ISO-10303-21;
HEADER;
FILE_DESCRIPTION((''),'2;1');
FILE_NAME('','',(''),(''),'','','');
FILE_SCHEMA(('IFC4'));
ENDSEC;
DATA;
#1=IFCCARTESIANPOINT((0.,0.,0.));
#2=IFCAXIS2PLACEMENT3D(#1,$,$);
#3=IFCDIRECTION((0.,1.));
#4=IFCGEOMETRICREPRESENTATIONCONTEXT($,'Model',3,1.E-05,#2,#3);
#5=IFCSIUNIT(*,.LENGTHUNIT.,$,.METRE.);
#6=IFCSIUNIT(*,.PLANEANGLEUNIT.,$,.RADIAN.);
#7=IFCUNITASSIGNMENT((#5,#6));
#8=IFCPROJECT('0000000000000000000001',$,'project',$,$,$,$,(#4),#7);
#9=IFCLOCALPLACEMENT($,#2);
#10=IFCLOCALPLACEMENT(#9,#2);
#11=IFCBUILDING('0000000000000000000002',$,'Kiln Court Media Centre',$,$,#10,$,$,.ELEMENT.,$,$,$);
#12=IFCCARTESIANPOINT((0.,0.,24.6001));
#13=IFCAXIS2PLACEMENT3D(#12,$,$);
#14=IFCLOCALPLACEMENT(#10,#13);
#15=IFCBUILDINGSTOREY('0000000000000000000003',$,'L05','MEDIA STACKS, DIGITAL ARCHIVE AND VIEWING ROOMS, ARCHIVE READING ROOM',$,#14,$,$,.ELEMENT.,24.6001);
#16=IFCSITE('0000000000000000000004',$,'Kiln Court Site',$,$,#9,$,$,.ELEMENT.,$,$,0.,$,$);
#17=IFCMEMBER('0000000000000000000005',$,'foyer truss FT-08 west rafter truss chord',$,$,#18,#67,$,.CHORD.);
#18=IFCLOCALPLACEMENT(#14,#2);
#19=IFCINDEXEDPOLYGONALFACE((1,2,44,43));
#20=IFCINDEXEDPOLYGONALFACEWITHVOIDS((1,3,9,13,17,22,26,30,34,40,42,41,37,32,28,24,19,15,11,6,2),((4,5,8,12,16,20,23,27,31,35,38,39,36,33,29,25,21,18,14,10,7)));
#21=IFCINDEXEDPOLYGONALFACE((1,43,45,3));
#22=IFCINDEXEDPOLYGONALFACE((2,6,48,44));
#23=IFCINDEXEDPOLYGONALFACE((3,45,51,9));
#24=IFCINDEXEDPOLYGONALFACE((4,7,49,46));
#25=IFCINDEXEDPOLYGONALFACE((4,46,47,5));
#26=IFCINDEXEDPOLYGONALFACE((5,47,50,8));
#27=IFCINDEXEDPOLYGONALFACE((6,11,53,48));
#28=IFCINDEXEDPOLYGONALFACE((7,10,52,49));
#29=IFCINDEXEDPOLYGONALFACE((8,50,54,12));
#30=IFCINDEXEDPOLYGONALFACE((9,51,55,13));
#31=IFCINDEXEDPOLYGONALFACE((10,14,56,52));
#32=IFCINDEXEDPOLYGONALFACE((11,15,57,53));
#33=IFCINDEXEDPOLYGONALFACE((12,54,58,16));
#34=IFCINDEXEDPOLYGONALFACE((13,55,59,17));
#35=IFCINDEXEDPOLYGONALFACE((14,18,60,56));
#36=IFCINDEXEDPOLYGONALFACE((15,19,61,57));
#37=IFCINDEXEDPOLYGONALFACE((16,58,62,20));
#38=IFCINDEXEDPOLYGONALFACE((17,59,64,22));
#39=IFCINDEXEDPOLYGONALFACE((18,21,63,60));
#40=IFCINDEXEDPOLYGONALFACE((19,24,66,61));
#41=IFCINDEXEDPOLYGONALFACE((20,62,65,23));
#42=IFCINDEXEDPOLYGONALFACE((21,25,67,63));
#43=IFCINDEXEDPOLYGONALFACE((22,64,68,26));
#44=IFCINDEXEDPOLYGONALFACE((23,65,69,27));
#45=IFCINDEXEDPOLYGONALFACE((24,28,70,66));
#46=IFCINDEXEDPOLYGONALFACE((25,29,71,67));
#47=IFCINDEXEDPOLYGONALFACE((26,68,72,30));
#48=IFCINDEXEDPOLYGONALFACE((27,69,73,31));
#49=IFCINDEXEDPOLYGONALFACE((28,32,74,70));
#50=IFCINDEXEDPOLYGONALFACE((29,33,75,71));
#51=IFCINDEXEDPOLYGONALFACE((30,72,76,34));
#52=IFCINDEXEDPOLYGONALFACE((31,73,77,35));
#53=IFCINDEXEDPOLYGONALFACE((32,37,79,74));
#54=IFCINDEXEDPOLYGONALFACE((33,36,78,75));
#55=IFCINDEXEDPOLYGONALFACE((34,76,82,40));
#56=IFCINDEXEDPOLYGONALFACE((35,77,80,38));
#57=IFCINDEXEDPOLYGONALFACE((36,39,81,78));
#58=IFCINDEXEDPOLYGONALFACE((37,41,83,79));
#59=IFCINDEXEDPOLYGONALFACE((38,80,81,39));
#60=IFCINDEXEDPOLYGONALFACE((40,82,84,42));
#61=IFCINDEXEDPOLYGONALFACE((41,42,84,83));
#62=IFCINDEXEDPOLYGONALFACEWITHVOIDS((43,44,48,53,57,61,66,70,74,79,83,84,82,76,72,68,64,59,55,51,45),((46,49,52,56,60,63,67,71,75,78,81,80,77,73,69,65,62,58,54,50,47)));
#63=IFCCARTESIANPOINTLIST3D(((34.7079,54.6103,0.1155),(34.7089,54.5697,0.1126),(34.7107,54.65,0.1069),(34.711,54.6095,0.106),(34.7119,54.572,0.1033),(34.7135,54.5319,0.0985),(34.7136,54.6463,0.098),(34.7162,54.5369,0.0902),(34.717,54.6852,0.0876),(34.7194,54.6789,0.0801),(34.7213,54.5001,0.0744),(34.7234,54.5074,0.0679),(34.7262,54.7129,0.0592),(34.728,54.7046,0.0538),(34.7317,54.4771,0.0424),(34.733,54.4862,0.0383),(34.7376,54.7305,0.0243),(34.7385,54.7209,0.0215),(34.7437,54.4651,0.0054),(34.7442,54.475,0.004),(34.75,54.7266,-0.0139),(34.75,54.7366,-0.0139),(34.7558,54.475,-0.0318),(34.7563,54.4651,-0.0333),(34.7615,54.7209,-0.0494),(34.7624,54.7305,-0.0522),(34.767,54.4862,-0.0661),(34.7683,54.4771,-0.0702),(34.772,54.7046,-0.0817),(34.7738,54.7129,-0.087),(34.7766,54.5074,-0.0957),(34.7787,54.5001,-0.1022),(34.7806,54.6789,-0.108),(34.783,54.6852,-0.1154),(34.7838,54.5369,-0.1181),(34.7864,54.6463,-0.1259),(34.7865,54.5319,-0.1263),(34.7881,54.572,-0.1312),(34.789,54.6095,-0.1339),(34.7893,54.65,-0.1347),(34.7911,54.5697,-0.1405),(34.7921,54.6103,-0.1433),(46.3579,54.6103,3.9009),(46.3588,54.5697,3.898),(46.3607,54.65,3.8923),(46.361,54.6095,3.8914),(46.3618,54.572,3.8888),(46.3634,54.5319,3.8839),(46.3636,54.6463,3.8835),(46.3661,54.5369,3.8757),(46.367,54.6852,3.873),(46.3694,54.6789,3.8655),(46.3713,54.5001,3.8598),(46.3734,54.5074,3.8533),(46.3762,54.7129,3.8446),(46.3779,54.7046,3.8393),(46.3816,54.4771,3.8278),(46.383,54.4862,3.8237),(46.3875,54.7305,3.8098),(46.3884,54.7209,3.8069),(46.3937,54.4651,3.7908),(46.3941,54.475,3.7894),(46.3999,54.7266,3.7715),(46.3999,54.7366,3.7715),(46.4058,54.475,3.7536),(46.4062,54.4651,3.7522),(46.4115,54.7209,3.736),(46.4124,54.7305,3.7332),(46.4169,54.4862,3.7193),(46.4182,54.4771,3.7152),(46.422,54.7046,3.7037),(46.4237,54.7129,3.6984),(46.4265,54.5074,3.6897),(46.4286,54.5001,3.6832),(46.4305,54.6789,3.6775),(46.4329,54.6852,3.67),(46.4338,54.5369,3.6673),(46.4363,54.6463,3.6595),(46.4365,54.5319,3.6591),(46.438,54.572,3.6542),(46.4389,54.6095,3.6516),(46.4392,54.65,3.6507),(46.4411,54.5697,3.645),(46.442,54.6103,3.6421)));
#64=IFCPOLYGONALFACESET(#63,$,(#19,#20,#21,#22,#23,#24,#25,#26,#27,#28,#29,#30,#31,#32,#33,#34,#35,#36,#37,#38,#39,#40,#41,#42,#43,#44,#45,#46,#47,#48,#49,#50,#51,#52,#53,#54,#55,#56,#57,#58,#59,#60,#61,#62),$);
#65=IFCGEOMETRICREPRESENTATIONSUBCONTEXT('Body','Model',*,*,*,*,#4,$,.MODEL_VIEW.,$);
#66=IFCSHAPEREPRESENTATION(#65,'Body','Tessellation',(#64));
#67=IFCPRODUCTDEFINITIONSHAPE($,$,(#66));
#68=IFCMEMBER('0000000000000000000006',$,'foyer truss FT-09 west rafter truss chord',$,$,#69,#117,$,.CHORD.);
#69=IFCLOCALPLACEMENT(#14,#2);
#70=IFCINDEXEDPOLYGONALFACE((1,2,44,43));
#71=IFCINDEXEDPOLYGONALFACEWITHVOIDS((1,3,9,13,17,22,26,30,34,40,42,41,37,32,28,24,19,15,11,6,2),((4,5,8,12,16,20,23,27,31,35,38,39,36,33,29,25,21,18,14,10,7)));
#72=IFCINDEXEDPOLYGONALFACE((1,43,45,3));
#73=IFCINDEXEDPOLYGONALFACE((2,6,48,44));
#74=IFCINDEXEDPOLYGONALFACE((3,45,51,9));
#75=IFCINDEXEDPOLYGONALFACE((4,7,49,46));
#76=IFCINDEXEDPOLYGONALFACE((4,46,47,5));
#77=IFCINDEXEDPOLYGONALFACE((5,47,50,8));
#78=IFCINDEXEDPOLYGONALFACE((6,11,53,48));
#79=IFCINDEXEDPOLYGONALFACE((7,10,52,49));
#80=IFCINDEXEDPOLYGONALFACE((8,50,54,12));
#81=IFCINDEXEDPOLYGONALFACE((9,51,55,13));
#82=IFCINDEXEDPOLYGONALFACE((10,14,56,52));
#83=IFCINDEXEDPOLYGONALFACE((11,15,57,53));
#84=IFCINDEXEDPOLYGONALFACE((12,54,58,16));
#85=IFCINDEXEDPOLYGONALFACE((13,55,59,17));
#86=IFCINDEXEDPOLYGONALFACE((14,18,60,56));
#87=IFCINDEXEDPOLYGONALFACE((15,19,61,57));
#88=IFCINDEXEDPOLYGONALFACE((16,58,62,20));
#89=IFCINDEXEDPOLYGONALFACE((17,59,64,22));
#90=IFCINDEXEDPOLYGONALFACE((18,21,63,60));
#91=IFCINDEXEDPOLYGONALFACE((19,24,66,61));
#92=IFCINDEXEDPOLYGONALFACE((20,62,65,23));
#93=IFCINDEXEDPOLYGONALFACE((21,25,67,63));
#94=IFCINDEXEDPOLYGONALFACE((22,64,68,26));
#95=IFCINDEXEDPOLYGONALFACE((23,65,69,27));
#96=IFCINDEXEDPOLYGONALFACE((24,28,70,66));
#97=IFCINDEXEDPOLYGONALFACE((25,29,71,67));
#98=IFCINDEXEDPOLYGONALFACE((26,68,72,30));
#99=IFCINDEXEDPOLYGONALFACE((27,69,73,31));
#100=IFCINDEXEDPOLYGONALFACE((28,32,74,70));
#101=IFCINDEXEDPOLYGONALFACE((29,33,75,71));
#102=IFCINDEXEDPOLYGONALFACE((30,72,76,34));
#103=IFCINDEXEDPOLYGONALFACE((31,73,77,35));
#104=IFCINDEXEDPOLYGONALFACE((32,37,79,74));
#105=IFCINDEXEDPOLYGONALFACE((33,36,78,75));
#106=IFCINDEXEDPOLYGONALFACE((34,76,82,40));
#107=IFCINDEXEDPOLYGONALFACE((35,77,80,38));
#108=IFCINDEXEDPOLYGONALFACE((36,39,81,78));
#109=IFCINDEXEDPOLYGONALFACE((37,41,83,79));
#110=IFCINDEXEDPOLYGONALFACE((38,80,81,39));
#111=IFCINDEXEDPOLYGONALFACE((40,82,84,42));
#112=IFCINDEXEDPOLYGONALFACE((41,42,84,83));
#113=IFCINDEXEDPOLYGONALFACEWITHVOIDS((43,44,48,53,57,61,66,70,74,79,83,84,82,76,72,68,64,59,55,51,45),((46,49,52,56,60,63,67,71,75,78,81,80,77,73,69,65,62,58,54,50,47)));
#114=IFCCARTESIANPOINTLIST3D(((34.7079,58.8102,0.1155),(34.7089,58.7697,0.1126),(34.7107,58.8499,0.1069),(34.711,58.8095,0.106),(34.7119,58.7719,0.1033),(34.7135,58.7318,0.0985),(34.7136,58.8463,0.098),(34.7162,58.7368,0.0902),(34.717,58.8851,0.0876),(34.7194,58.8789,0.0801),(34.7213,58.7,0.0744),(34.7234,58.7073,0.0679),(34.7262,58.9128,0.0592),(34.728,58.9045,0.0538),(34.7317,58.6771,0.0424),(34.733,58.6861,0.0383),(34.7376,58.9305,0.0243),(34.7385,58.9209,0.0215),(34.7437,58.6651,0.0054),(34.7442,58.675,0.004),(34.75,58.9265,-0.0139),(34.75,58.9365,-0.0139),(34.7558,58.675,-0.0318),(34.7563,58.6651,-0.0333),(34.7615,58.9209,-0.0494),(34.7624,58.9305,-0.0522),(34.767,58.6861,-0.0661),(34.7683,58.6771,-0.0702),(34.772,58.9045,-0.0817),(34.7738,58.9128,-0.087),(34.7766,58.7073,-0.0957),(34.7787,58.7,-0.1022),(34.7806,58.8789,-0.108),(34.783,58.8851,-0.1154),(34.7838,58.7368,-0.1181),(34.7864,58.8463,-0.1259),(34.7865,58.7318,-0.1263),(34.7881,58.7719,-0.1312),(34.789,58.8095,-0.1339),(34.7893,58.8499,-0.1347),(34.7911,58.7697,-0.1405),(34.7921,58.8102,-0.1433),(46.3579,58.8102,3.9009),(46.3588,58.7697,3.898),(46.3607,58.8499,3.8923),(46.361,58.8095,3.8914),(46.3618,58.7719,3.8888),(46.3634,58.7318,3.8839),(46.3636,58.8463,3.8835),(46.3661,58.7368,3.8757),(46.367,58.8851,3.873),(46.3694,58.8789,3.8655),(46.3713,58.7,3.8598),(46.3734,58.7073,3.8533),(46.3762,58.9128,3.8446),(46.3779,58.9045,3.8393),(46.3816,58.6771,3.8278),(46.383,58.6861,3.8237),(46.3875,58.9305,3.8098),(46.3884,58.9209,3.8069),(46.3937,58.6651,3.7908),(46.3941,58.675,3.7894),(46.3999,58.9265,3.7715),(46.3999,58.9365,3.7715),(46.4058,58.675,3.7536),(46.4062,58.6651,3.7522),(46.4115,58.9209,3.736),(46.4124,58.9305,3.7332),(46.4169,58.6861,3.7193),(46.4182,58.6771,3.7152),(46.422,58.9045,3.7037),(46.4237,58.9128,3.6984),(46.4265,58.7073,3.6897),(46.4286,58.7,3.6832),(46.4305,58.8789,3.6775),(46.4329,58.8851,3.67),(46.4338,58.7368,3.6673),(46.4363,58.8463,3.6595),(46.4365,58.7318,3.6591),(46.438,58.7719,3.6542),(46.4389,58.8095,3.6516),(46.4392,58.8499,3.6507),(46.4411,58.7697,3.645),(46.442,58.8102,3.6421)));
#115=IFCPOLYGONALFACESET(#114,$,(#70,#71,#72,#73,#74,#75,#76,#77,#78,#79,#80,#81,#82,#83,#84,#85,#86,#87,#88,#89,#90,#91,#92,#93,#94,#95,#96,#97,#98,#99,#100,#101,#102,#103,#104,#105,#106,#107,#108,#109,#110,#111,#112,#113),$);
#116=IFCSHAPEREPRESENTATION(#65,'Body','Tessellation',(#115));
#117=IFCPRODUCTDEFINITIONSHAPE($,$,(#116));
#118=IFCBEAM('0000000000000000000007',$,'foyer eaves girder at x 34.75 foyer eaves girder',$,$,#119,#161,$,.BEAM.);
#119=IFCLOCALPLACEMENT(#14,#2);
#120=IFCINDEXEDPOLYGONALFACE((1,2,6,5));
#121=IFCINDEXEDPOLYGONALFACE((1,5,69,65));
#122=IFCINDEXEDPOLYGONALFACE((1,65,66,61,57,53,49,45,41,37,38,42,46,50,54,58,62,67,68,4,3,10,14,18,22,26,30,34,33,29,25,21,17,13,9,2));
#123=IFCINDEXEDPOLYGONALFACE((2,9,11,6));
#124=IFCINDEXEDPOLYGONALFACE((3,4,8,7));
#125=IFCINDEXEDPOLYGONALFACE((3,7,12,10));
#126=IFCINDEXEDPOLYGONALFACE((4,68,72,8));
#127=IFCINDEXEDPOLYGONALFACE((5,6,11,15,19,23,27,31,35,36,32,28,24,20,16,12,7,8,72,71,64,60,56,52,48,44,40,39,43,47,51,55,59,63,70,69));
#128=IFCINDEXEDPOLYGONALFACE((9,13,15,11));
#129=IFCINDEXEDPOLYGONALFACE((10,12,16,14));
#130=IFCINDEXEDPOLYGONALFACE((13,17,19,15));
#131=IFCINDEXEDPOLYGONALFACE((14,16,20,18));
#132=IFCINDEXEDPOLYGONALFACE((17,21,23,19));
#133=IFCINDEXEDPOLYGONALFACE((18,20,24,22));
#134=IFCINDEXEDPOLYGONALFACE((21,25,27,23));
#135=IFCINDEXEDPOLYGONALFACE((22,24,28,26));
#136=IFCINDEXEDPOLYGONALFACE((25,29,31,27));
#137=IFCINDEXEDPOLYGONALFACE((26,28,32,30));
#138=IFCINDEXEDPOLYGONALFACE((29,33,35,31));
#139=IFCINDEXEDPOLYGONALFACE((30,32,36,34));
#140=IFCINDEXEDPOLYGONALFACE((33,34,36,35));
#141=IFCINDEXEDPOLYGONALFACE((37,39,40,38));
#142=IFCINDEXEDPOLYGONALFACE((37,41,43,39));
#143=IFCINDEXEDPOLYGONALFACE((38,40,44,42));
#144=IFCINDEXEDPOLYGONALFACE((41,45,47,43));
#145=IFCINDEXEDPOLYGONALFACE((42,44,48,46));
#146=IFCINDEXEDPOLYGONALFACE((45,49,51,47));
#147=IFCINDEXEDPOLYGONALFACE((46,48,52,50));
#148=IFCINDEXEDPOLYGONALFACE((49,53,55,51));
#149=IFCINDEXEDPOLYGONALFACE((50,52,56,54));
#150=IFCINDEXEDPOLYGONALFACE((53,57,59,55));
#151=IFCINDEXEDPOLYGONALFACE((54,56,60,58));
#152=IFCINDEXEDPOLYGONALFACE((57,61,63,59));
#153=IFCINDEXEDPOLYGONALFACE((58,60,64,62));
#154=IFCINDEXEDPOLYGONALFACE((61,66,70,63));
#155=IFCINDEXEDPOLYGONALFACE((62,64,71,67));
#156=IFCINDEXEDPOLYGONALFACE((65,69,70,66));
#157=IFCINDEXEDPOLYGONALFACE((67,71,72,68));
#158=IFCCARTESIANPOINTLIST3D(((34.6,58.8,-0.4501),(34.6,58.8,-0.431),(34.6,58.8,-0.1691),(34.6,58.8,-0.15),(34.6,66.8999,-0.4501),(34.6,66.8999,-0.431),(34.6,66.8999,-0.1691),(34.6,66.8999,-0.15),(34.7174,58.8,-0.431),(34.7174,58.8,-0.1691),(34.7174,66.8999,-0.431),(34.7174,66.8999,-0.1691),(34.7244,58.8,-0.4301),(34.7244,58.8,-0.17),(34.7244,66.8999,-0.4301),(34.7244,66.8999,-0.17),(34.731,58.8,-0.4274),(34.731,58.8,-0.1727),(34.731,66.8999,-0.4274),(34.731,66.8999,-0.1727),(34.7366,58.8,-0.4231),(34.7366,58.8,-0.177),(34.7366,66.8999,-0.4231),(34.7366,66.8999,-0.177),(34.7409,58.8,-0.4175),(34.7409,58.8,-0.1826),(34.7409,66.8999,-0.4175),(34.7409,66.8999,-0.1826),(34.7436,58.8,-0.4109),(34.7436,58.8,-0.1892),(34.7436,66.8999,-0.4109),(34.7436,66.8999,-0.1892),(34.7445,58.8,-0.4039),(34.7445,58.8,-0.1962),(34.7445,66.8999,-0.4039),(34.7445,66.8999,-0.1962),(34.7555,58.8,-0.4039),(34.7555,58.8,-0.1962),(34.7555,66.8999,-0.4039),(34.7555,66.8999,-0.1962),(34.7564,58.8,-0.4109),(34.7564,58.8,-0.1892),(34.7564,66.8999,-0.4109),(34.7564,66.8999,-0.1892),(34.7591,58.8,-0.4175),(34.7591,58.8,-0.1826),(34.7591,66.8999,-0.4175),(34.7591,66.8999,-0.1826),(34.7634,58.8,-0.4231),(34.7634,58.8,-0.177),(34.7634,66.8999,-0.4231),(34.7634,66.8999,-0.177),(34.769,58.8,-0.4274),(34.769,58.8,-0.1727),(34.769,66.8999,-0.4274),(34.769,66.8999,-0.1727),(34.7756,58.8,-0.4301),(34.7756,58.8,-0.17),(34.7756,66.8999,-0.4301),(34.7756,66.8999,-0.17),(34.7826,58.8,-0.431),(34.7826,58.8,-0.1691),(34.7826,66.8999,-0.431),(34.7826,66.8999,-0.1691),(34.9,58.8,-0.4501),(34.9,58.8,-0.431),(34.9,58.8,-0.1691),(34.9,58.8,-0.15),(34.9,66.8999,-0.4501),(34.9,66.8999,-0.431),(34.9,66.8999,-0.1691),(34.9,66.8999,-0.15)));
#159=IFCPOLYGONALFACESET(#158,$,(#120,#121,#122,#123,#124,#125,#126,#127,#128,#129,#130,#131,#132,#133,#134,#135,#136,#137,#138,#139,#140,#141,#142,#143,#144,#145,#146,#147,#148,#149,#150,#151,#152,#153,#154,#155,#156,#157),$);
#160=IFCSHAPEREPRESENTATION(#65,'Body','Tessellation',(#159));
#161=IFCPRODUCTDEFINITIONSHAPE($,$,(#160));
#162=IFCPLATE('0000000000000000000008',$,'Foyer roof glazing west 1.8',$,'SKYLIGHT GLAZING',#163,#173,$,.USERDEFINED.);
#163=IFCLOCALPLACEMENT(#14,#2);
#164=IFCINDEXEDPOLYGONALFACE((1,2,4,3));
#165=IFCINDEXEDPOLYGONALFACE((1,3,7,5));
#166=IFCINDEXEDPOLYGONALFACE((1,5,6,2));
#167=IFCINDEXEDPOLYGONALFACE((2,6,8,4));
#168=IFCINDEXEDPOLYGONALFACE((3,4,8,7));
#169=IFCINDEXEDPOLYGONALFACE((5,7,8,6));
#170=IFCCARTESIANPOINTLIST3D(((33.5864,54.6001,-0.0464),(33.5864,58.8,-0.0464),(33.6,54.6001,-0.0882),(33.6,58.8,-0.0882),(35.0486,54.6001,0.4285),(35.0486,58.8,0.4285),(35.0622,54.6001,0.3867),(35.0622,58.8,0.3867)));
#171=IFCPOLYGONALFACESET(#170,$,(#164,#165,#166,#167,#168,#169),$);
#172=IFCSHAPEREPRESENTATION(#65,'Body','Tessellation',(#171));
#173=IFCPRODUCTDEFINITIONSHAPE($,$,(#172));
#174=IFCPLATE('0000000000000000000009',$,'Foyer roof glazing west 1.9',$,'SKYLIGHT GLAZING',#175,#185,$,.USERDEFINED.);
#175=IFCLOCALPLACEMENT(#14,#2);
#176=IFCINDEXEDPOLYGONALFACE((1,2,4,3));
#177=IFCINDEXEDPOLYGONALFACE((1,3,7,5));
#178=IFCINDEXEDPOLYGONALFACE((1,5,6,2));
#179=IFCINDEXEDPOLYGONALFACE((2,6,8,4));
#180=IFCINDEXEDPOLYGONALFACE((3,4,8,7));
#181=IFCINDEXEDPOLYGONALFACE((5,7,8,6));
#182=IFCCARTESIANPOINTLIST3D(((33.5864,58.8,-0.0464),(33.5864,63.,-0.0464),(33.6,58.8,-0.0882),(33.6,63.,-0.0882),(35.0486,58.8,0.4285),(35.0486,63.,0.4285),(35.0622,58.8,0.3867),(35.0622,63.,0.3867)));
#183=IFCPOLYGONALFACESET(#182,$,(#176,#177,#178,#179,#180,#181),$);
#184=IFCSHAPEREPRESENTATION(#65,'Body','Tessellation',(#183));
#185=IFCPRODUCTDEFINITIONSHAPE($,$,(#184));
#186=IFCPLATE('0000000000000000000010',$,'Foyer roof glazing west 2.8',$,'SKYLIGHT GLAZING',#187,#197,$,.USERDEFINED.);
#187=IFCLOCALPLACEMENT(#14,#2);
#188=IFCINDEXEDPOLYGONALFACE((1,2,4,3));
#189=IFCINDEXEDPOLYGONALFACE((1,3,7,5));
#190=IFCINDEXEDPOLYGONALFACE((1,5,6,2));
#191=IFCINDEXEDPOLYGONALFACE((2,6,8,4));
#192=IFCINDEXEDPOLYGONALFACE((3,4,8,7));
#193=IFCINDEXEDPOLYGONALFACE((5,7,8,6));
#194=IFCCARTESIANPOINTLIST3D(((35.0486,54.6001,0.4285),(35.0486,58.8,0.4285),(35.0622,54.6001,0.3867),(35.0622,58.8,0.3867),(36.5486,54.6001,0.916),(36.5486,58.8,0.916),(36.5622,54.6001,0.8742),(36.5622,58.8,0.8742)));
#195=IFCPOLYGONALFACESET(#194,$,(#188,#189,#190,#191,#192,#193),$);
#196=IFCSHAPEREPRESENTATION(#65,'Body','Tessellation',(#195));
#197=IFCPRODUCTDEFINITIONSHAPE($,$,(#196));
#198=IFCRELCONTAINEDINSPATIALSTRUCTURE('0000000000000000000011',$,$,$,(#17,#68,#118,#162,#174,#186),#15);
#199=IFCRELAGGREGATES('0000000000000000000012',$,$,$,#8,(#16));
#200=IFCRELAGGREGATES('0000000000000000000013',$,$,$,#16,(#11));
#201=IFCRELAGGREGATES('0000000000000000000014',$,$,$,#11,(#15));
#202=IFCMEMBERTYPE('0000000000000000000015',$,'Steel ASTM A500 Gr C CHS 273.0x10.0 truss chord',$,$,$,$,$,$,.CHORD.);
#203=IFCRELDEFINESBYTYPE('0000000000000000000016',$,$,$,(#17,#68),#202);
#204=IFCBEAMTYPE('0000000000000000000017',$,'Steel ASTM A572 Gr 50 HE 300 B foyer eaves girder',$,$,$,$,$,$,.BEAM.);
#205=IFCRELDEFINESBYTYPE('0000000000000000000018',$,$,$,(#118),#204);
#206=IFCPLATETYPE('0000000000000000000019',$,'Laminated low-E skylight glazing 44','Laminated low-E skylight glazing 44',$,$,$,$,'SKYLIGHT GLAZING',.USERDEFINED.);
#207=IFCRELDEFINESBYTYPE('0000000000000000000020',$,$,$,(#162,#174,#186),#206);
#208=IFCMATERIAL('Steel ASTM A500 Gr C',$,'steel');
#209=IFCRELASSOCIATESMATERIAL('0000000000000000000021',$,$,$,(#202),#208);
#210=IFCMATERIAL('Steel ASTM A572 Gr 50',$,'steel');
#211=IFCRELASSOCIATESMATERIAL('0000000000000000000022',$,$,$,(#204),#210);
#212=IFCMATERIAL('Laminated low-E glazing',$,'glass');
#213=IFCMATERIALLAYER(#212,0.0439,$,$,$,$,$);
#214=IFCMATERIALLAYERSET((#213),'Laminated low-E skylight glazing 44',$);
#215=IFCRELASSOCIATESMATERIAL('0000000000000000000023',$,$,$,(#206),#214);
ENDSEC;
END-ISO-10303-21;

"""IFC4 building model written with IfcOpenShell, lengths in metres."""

from ifc_helpers import new_model, si_unit, direction, frame, origin, origin_2d, place, context, subcontext, project, spatial, polyline, hollow_circle, i_section, outline, extrude, material, layer, layer_set, material_profile, profile_set, type_object, element, save


model = new_model("IFC4")

# Units and contexts
model_context = context("Model", 3, precision=1e-05, world=origin(), true_north=direction((0.0, 1.0)))
body_context = subcontext(model_context, "Body", "Model", "MODEL_VIEW")
ifc_project = project(units=[si_unit("LENGTHUNIT", "METRE"), si_unit("PLANEANGLEUNIT", "RADIAN")], contexts=[model_context])

# Site, building, storey
site_placement = place(None, origin())
site = spatial("IfcSite", under=ifc_project, at=site_placement, Name="Kiln Court Site", CompositionType="ELEMENT", RefElevation=0.0)
building_placement = place(site_placement, origin())
building = spatial("IfcBuilding", under=site, at=building_placement, Name="Kiln Court Media Centre", CompositionType="ELEMENT")
storey_placement = place(building_placement, frame((0.0, 0.0, 24.6001)))
storey = spatial("IfcBuildingStorey", under=building, at=storey_placement, Name="L05", Description="MEDIA STACKS, DIGITAL ARCHIVE AND VIEWING ROOMS, ARCHIVE READING ROOM", CompositionType="ELEMENT", Elevation=24.6001)

# Members
ifc_material_1 = material(Name="Steel ASTM A500 Gr C", Category="steel")
ifc_material_profile_1 = material_profile(ifc_material_1, hollow_circle(Radius=0.1365, WallThickness=0.01, at=origin_2d()), Name="CHS 273.0x10.0")
ifc_profile_set_1 = profile_set([ifc_material_profile_1], Name="Steel ASTM A500 Gr C")
member_type_1 = type_object("IfcMemberType", Name="Steel ASTM A500 Gr C CHS 273.0x10.0 truss chord", PredefinedType="CHORD", material=ifc_profile_set_1)
for number, where, z_axis, x_axis, name in (
    (1, (34.75, 54.6001, -0.0139), (0.951054, 0.0, 0.309026), (0.0, 1.0, 0.0), "foyer truss FT-08 west rafter truss chord"),
    (2, (34.75, 58.8, -0.0139), (0.951054, 0.0, 0.309026), (0.0, 1.0, 0.0), "foyer truss FT-09 west rafter truss chord"),
):
    element("IfcMember", number, at=place(storey_placement, frame(where, z_axis=z_axis, x_axis=x_axis)), inside=storey, type_object=member_type_1, Name=name, PredefinedType="CHORD", context=body_context, shape_type="SweptSolid", body=[
        extrude(hollow_circle(Radius=0.1365, WallThickness=0.01, at=origin_2d()), origin(), (0.0, 0.0, 1.0), 12.2495),
    ])

# Beam
ifc_material_2 = material(Name="Steel ASTM A572 Gr 50", Category="steel")
ifc_material_profile_2 = material_profile(ifc_material_2, i_section(OverallWidth=0.3, OverallDepth=0.3, WebThickness=0.011, FlangeThickness=0.019, FilletRadius=0.0271, at=origin_2d()), Name="HE 300 B")
ifc_profile_set_2 = profile_set([ifc_material_profile_2], Name="Steel ASTM A572 Gr 50")
beam_type = type_object("IfcBeamType", Name="Steel ASTM A572 Gr 50 HE 300 B foyer eaves girder", PredefinedType="BEAM", material=ifc_profile_set_2)
beam_placement = place(storey_placement, frame((34.75, 58.8, -0.3), z_axis=(0.0, 1.0, 0.0), x_axis=(-1.0, 0.0, 0.0)))
element("IfcBeam", 3, at=beam_placement, inside=storey, type_object=beam_type, Name="foyer eaves girder at x 34.75 foyer eaves girder", PredefinedType="BEAM", context=body_context, shape_type="SweptSolid", body=[
    extrude(i_section(OverallWidth=0.3, OverallDepth=0.3, WebThickness=0.011, FlangeThickness=0.019, FilletRadius=0.0271, at=origin_2d()), origin(), (0.0, 0.0, 1.0), 8.0999),
])

# Plates
ifc_material_3 = material(Name="Laminated low-E glazing", Category="glass")
ifc_layer_1 = layer(ifc_material_3, 0.0439)
ifc_layer_set_1 = layer_set([ifc_layer_1], Name="Laminated low-E skylight glazing 44")
plate_type_1 = type_object("IfcPlateType", Name="Laminated low-E skylight glazing 44", Description="Laminated low-E skylight glazing 44", ElementType="SKYLIGHT GLAZING", PredefinedType="USERDEFINED", material=ifc_layer_set_1)
for number, where, z_axis, x_axis, name in (
    (4, (33.5864, 54.6001, -0.0464), (-0.308881, 0.0, 0.951101), (0.951101, 0.0, 0.308881), "Foyer roof glazing west 1.8"),
    (5, (33.5864, 58.8, -0.0464), (-0.308881, 0.0, 0.951101), (0.951101, 0.0, 0.308881), "Foyer roof glazing west 1.9"),
):
    element("IfcPlate", number, at=place(storey_placement, frame(where, z_axis=z_axis, x_axis=x_axis)), inside=storey, type_object=plate_type_1, Name=name, ObjectType="SKYLIGHT GLAZING", PredefinedType="USERDEFINED", context=body_context, shape_type="SweptSolid", body=[
        extrude(outline(polyline([(0.0, 0.0), (1.5373, 0.0), (1.5373, 4.2), (0.0, 4.2), (0.0, 0.0)])), origin(), (0.0, 0.0, -1.0), 0.0439),
    ])
for number, where, z_axis, x_axis, name in (
    (6, (35.0486, 54.6001, 0.4285), (-0.309114, 0.0, 0.951025), (0.951025, 0.0, 0.309114), "Foyer roof glazing west 2.8"),
):
    element("IfcPlate", number, at=place(storey_placement, frame(where, z_axis=z_axis, x_axis=x_axis)), inside=storey, type_object=plate_type_1, Name=name, ObjectType="SKYLIGHT GLAZING", PredefinedType="USERDEFINED", context=body_context, shape_type="SweptSolid", body=[
        extrude(outline(polyline([(0.0, 0.0), (1.5772, 0.0), (1.5772, 4.2), (0.0, 4.2), (0.0, 0.0)])), origin(), (0.0, 0.0, -1.0), 0.0439),
    ])

save(model, "model.ifc")
